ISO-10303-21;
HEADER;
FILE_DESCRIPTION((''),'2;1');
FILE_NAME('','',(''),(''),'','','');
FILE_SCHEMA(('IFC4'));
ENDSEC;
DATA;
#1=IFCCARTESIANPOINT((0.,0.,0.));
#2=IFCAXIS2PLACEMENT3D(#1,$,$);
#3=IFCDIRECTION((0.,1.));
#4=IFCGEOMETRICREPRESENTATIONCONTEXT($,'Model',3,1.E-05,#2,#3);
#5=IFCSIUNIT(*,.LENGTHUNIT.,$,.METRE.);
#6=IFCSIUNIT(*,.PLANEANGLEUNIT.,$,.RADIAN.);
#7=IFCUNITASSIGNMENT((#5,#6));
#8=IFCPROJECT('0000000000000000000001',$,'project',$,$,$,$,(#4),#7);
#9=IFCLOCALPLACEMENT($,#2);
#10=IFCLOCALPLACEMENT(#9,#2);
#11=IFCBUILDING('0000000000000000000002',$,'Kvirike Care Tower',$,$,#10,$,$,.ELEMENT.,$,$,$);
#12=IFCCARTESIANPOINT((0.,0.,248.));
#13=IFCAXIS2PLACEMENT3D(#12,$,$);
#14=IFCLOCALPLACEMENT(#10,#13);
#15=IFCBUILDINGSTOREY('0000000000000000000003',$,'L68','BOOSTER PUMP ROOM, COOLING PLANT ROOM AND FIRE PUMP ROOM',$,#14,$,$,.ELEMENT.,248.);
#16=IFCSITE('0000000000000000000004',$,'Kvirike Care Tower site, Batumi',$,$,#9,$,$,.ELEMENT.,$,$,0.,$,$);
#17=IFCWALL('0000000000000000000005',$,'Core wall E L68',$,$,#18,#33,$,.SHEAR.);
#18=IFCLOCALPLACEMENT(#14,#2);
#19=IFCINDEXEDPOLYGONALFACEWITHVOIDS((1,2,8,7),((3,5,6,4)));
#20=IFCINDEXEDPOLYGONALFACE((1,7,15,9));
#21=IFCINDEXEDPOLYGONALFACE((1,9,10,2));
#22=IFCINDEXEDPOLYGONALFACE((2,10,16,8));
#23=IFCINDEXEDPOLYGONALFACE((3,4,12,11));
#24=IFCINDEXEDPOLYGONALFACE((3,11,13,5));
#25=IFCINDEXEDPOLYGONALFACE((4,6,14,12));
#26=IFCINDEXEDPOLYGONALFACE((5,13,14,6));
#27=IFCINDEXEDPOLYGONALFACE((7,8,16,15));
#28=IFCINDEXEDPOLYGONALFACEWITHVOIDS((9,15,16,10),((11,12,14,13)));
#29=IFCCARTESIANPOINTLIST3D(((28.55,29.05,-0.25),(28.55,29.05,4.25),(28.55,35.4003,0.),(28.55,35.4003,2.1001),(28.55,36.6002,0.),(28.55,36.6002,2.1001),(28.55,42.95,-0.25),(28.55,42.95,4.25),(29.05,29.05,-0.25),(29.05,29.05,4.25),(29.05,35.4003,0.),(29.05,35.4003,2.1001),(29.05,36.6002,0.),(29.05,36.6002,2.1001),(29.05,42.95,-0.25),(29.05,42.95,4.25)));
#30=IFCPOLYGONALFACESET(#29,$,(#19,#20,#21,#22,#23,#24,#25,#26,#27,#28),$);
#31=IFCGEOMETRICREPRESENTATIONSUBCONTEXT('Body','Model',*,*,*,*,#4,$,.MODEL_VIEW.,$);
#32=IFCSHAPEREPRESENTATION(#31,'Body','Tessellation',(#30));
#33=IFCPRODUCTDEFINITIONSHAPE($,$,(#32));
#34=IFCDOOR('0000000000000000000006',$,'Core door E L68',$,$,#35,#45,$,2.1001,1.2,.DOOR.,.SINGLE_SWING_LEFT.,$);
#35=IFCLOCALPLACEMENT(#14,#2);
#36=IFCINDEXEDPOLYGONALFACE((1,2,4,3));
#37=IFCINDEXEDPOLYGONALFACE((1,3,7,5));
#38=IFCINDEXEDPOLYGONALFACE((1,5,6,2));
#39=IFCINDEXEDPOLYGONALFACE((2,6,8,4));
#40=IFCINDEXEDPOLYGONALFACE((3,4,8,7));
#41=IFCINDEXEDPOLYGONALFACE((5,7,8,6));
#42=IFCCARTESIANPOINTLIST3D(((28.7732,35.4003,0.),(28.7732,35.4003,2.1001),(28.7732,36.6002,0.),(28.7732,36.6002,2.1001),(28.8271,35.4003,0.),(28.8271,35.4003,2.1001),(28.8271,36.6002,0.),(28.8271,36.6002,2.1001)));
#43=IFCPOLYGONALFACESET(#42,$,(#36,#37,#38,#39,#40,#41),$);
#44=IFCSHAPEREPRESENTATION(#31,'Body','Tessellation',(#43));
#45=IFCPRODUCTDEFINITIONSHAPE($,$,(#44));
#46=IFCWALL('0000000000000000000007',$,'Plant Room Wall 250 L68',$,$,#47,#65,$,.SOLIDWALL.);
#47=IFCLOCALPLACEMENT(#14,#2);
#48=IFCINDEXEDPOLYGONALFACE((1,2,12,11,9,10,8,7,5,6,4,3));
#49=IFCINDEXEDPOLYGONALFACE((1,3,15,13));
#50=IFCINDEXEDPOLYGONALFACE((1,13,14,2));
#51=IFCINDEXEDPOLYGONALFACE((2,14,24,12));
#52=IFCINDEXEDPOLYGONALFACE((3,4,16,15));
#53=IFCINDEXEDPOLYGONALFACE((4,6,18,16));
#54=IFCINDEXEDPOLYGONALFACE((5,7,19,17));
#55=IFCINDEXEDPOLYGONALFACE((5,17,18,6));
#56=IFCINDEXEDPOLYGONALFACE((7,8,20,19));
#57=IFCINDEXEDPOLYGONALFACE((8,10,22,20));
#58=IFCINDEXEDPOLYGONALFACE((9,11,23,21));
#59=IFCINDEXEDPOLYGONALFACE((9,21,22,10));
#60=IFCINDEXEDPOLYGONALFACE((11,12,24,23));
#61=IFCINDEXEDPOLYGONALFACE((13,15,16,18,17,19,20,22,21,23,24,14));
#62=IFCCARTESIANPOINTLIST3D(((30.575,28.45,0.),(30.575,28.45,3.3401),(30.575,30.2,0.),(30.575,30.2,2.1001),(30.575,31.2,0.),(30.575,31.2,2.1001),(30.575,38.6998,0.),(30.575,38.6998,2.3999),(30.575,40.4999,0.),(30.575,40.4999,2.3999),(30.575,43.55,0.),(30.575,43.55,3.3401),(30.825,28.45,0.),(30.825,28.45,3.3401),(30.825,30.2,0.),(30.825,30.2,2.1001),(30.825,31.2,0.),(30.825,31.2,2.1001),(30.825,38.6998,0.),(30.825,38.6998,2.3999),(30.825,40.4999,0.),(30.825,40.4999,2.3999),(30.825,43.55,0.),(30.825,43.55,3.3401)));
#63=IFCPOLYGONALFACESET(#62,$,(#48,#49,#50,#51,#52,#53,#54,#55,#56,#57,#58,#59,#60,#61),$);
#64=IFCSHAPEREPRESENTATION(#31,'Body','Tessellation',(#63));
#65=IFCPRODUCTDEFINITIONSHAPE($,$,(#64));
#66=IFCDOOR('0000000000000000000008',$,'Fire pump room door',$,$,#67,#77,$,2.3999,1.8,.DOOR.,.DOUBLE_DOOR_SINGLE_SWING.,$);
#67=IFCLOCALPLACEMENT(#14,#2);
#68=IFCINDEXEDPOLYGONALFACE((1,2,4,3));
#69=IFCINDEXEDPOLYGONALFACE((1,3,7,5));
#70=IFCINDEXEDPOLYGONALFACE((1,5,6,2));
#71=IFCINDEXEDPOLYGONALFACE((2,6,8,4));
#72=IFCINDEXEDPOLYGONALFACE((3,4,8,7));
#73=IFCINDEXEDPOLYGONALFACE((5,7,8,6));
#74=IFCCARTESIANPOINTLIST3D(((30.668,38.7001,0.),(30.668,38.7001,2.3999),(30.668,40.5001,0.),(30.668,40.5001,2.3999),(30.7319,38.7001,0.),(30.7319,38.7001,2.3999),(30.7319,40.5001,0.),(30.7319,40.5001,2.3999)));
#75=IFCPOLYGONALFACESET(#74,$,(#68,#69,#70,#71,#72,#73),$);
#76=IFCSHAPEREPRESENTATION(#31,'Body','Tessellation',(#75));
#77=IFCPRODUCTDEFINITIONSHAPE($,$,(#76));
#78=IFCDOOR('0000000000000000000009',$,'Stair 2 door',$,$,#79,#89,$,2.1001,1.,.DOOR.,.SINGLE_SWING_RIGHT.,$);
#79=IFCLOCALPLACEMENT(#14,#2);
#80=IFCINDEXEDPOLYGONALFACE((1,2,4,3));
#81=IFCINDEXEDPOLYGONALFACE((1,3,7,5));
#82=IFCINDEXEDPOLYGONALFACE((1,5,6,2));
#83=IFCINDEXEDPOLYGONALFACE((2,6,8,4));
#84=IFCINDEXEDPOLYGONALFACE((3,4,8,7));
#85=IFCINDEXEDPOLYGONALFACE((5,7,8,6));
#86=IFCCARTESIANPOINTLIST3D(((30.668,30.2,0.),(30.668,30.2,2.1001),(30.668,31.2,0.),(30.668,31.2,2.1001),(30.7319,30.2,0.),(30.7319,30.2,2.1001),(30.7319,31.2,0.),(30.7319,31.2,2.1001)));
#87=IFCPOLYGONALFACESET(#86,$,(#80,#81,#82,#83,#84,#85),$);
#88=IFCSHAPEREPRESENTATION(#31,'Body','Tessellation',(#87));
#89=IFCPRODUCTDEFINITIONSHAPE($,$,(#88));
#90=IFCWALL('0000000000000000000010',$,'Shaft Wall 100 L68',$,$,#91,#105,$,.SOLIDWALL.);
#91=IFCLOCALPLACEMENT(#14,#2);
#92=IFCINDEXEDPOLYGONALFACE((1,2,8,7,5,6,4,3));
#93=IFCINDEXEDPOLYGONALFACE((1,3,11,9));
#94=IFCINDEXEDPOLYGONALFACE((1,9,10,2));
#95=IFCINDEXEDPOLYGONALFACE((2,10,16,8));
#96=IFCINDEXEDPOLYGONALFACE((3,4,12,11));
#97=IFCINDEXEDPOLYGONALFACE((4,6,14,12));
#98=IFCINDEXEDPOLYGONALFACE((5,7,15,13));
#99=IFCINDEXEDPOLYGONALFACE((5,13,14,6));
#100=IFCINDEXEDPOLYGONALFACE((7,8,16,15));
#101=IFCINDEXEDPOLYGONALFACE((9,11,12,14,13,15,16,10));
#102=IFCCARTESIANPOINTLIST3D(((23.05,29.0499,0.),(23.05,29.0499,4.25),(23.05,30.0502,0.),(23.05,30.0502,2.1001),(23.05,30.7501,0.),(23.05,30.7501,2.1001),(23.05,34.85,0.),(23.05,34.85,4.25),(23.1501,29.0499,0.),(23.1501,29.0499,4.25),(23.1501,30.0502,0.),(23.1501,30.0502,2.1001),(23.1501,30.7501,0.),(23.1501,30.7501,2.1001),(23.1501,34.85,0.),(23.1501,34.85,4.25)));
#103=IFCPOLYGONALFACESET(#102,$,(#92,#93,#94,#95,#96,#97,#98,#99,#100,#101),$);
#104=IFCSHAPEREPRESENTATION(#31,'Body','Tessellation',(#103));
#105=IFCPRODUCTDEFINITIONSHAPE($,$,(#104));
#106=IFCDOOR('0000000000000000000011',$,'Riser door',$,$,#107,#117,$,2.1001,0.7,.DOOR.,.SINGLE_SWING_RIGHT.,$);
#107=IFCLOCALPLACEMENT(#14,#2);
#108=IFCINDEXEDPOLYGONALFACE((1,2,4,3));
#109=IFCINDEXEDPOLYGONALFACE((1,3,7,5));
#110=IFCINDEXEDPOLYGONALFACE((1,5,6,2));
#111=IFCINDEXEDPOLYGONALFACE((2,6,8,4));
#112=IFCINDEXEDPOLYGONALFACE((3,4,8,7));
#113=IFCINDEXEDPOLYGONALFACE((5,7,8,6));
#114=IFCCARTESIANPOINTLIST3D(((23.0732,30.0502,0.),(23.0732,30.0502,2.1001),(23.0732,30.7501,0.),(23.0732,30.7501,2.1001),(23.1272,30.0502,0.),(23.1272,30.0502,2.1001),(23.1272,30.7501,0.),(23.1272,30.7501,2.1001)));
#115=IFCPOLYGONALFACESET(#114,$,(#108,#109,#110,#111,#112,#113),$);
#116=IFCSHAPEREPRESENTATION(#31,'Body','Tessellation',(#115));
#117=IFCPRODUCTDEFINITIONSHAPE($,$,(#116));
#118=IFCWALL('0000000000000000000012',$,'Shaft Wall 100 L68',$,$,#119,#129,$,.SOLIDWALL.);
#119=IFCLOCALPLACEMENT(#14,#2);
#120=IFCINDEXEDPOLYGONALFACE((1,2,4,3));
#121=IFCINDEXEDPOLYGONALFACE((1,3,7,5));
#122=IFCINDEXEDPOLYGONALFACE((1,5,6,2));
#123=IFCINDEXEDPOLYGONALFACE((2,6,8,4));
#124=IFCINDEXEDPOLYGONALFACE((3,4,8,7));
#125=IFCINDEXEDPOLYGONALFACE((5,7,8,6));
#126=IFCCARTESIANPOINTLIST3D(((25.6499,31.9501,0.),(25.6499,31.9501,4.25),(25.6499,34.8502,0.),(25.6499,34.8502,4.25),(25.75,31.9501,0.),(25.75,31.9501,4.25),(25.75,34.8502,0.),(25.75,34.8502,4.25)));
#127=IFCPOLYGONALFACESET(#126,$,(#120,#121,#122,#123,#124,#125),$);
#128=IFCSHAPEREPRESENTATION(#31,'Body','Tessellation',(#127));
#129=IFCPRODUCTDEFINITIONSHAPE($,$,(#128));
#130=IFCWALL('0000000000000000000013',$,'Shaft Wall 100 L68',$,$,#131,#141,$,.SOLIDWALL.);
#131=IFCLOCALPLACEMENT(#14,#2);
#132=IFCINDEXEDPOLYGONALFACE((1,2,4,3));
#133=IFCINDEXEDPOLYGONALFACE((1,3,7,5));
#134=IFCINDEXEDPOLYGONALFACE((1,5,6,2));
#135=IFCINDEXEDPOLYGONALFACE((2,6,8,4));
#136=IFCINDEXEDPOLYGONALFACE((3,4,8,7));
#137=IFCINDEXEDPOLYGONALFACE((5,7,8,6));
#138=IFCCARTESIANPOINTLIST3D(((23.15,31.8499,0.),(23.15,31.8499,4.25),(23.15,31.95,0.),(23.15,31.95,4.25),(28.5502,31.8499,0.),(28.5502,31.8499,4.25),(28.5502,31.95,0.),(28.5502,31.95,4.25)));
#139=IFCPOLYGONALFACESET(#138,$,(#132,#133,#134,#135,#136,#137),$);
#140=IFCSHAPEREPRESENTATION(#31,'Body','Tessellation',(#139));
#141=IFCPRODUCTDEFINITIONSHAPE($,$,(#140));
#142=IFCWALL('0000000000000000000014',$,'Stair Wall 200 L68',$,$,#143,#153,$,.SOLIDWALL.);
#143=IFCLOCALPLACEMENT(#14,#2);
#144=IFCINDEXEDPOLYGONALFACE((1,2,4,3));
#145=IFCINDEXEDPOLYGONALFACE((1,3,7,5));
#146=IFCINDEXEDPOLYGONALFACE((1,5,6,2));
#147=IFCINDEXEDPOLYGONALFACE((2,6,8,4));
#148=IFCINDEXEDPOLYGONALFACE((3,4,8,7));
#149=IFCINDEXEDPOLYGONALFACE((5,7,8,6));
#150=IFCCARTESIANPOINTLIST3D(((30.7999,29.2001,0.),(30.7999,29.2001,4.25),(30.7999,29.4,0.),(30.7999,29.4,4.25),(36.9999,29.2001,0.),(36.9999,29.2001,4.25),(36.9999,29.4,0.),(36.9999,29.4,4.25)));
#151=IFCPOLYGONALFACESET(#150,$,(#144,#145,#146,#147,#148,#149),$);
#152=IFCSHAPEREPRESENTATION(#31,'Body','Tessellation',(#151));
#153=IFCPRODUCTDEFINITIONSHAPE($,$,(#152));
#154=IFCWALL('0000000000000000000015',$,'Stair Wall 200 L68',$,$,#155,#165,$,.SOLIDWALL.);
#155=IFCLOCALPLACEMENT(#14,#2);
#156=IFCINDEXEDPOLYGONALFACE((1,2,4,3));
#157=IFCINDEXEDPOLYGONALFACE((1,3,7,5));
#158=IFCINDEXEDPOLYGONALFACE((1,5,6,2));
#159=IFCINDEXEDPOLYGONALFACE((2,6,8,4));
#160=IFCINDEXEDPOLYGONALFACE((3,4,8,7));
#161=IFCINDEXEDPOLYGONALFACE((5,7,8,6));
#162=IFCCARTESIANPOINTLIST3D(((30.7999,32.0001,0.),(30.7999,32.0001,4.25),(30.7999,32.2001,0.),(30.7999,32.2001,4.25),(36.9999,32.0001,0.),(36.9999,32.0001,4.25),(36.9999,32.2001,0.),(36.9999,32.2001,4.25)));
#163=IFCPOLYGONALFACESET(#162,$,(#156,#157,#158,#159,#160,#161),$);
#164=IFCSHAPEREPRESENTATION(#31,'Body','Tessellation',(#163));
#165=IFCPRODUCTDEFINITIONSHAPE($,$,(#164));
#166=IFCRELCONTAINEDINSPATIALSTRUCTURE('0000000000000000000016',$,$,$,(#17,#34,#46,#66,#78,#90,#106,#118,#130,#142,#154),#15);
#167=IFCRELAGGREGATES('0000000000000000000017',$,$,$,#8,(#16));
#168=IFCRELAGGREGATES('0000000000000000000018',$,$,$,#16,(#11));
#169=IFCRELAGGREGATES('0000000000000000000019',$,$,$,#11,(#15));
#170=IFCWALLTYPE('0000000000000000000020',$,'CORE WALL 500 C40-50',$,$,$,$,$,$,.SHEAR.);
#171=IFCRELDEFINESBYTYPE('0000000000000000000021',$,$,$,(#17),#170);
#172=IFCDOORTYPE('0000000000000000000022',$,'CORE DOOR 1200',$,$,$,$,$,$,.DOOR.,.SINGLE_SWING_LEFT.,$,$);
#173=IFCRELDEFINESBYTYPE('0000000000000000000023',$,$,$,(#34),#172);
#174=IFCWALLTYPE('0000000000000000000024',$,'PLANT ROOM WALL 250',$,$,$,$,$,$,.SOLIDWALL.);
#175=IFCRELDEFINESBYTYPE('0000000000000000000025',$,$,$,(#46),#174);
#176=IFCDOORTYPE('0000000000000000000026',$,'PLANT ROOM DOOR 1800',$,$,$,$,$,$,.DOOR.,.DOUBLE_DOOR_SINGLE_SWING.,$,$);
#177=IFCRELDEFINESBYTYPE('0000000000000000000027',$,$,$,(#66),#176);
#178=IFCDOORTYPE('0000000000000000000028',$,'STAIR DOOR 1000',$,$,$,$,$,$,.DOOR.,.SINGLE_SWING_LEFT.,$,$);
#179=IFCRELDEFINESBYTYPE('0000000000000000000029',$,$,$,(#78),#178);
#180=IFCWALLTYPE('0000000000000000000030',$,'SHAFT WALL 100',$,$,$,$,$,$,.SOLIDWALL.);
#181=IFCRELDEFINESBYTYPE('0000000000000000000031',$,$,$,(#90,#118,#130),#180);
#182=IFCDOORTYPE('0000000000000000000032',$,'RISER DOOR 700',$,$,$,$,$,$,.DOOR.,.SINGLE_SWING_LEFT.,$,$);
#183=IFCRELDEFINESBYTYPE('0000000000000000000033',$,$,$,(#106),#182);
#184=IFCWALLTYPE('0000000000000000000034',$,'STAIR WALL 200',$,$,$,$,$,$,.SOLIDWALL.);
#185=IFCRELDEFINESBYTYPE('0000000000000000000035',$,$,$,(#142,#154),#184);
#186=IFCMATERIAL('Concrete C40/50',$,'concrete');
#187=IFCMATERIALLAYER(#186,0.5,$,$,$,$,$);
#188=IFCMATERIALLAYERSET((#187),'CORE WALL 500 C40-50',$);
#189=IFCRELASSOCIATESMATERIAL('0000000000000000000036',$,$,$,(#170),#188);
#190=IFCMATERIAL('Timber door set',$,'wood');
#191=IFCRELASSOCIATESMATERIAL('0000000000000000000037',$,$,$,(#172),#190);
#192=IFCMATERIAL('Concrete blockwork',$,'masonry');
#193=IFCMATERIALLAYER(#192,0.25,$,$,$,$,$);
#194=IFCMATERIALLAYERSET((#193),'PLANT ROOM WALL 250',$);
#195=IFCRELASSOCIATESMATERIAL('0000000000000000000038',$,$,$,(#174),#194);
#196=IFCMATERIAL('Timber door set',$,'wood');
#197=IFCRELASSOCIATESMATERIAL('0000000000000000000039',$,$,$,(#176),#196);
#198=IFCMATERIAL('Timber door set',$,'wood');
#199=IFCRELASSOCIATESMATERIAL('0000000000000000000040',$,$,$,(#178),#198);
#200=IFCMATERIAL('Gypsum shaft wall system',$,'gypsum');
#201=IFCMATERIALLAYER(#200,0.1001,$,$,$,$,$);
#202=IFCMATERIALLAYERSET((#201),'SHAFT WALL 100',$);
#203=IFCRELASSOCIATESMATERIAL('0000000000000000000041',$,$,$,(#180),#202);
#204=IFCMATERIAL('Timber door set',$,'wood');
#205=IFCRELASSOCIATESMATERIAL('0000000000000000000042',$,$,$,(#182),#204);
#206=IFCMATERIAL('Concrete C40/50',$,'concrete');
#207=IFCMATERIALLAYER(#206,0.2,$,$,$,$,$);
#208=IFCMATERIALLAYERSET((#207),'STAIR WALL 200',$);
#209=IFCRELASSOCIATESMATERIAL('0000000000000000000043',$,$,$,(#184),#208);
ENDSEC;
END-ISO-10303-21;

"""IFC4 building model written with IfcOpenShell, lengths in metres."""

from ifc_helpers import new_model, si_unit, direction, frame, frame_2d, origin, place, context, subcontext, project, spatial, rectangle, extrude, material, layer, layer_set, type_object, element, fill, save


model = new_model("IFC4")

# Units and contexts
model_context = context("Model", 3, precision=1e-05, world=origin(), true_north=direction((0.0, 1.0)))
body_context = subcontext(model_context, "Body", "Model", "MODEL_VIEW")
ifc_project = project(units=[si_unit("LENGTHUNIT", "METRE"), si_unit("PLANEANGLEUNIT", "RADIAN")], contexts=[model_context])

# Site, building, storey
site_placement = place(None, origin())
site = spatial("IfcSite", under=ifc_project, at=site_placement, Name="Kvirike Care Tower site, Batumi", CompositionType="ELEMENT", RefElevation=0.0)
building_placement = place(site_placement, origin())
building = spatial("IfcBuilding", under=site, at=building_placement, Name="Kvirike Care Tower", CompositionType="ELEMENT")
storey_placement = place(building_placement, frame((0.0, 0.0, 248.0)))
storey = spatial("IfcBuildingStorey", under=building, at=storey_placement, Name="L68", Description="BOOSTER PUMP ROOM, COOLING PLANT ROOM AND FIRE PUMP ROOM", CompositionType="ELEMENT", Elevation=248.0)

# Wall, opening, door
ifc_material_1 = material(Name="Concrete C40/50", Category="concrete")
ifc_layer_1 = layer(ifc_material_1, 0.5)
ifc_layer_set_1 = layer_set([ifc_layer_1], Name="CORE WALL 500 C40-50")
wall_type_1 = type_object("IfcWallType", Name="CORE WALL 500 C40-50", PredefinedType="SHEAR", material=ifc_layer_set_1)
wall_1_placement = place(storey_placement, frame((28.8, 29.05, -0.25), z_axis=(0.0, 0.0, 1.0), x_axis=(0.0, 1.0, 0.0)))
wall_1 = element("IfcWall", 1, at=wall_1_placement, inside=storey, type_object=wall_type_1, Name="Core wall E L68", PredefinedType="SHEAR", context=body_context, shape_type="SweptSolid", body=[
    extrude(rectangle(XDim=13.8999, YDim=0.5, at=frame_2d((6.95, 0.0))), origin(), (0.0, 0.0, 1.0), 4.5),
])
opening_1_placement = place(wall_1_placement, frame((6.3501, 0.0, 0.25)))
opening_1 = element("IfcOpeningElement", 2, at=opening_1_placement, cuts=wall_1, PredefinedType="OPENING", context=body_context, shape_type="SweptSolid", body=[
    extrude(rectangle(XDim=1.2, YDim=2.1001, at=frame_2d((0.6001, 1.05))), frame((0.0, 0.2605, 0.0), z_axis=(0.0, -1.0, 0.0), x_axis=(1.0, 0.0, 0.0)), (0.0, 0.0, 1.0), 0.521),
])
ifc_material_2 = material(Name="Timber door set", Category="wood")
door_type_1 = type_object("IfcDoorType", Name="CORE DOOR 1200", OperationType="SINGLE_SWING_LEFT", PredefinedType="DOOR", material=ifc_material_2)
door_1_placement = place(opening_1_placement, origin())
door_1 = element("IfcDoor", 3, at=door_1_placement, inside=storey, type_object=door_type_1, Name="Core door E L68", OperationType="SINGLE_SWING_LEFT", OverallHeight=2.1001, OverallWidth=1.2, PredefinedType="DOOR", context=body_context, shape_type="SweptSolid", body=[
    extrude(rectangle(XDim=1.2, YDim=2.1001, at=frame_2d((0.6001, 1.05))), frame((0.0, 0.0269, 0.0), z_axis=(0.0, -1.0, 0.0), x_axis=(1.0, 0.0, 0.0)), (0.0, 0.0, 1.0), 0.054),
])
fill(opening_1, door_1)

# Wall, openings, doors
ifc_material_3 = material(Name="Concrete blockwork", Category="masonry")
ifc_layer_2 = layer(ifc_material_3, 0.25)
ifc_layer_set_2 = layer_set([ifc_layer_2], Name="PLANT ROOM WALL 250")
wall_type_2 = type_object("IfcWallType", Name="PLANT ROOM WALL 250", PredefinedType="SOLIDWALL", material=ifc_layer_set_2)
wall_2_placement = place(storey_placement, frame((30.7, 28.45, 0.0), z_axis=(0.0, 0.0, 1.0), x_axis=(0.0, 1.0, 0.0)))
wall_2 = element("IfcWall", 4, at=wall_2_placement, inside=storey, type_object=wall_type_2, Name="Plant Room Wall 250 L68", PredefinedType="SOLIDWALL", context=body_context, shape_type="SweptSolid", body=[
    extrude(rectangle(XDim=15.1001, YDim=0.25, at=frame_2d((7.55, 0.0))), origin(), (0.0, 0.0, 1.0), 3.3401),
])
opening_2_placement = place(wall_2_placement, frame((1.75, 0.0, 0.0)))
opening_2 = element("IfcOpeningElement", 5, at=opening_2_placement, cuts=wall_2, PredefinedType="OPENING", context=body_context, shape_type="SweptSolid", body=[
    extrude(rectangle(XDim=1.0, YDim=2.1001, at=frame_2d((0.5, 1.05))), frame((0.0, 0.1355, 0.0), z_axis=(0.0, -1.0, 0.0), x_axis=(1.0, 0.0, 0.0)), (0.0, 0.0, 1.0), 0.271),
])
opening_3_placement = place(wall_2_placement, frame((10.25, 0.0, 0.0)))
opening_3 = element("IfcOpeningElement", 6, at=opening_3_placement, cuts=wall_2, PredefinedType="OPENING", context=body_context, shape_type="SweptSolid", body=[
    extrude(rectangle(XDim=1.8, YDim=2.3999, at=frame_2d((0.8999, 1.2))), frame((0.0, 0.1355, 0.0), z_axis=(0.0, -1.0, 0.0), x_axis=(1.0, 0.0, 0.0)), (0.0, 0.0, 1.0), 0.271),
])
ifc_material_4 = material(Name="Timber door set", Category="wood")
door_type_2 = type_object("IfcDoorType", Name="PLANT ROOM DOOR 1800", OperationType="DOUBLE_DOOR_SINGLE_SWING", PredefinedType="DOOR", material=ifc_material_4)
door_2_placement = place(opening_3_placement, frame((1.8, 0.0, 0.0), z_axis=(0.0, 0.0, 1.0), x_axis=(-1.0, 0.0, 0.0)))
door_2 = element("IfcDoor", 7, at=door_2_placement, inside=storey, type_object=door_type_2, Name="Fire pump room door", OperationType="DOUBLE_DOOR_SINGLE_SWING", OverallHeight=2.3999, OverallWidth=1.8, PredefinedType="DOOR", context=body_context, shape_type="SweptSolid", body=[
    extrude(rectangle(XDim=1.8, YDim=2.3999, at=frame_2d((0.8999, 1.2))), frame((0.0, 0.032, 0.0), z_axis=(0.0, -1.0, 0.0), x_axis=(1.0, 0.0, 0.0)), (0.0, 0.0, 1.0), 0.064),
])
fill(opening_3, door_2)
ifc_material_5 = material(Name="Timber door set", Category="wood")
door_type_3 = type_object("IfcDoorType", Name="STAIR DOOR 1000", OperationType="SINGLE_SWING_LEFT", PredefinedType="DOOR", material=ifc_material_5)
door_3_placement = place(opening_2_placement, frame((1.0, 0.0, 0.0), z_axis=(0.0, 0.0, 1.0), x_axis=(-1.0, 0.0, 0.0)))
door_3 = element("IfcDoor", 8, at=door_3_placement, inside=storey, type_object=door_type_3, Name="Stair 2 door", OperationType="SINGLE_SWING_RIGHT", OverallHeight=2.1001, OverallWidth=1.0, PredefinedType="DOOR", context=body_context, shape_type="SweptSolid", body=[
    extrude(rectangle(XDim=1.0, YDim=2.1001, at=frame_2d((0.5, 1.05))), frame((0.0, 0.032, 0.0), z_axis=(0.0, -1.0, 0.0), x_axis=(1.0, 0.0, 0.0)), (0.0, 0.0, 1.0), 0.064),
])
fill(opening_2, door_3)

# Wall, opening, door
ifc_material_6 = material(Name="Gypsum shaft wall system", Category="gypsum")
ifc_layer_3 = layer(ifc_material_6, 0.1001)
ifc_layer_set_3 = layer_set([ifc_layer_3], Name="SHAFT WALL 100")
wall_type_3 = type_object("IfcWallType", Name="SHAFT WALL 100", PredefinedType="SOLIDWALL", material=ifc_layer_set_3)
wall_3_placement = place(storey_placement, frame((23.1001, 29.05, 0.0), z_axis=(0.0, 0.0, 1.0), x_axis=(0.0, 1.0, 0.0)))
wall_3 = element("IfcWall", 9, at=wall_3_placement, inside=storey, type_object=wall_type_3, Name="Shaft Wall 100 L68", PredefinedType="SOLIDWALL", context=body_context, shape_type="SweptSolid", body=[
    extrude(rectangle(XDim=5.8, YDim=0.1001, at=frame_2d((2.8999, 0.0))), origin(), (0.0, 0.0, 1.0), 4.25),
])
opening_4_placement = place(wall_3_placement, frame((1.0, 0.0, 0.0)))
opening_4 = element("IfcOpeningElement", 10, at=opening_4_placement, cuts=wall_3, PredefinedType="OPENING", context=body_context, shape_type="SweptSolid", body=[
    extrude(rectangle(XDim=0.7, YDim=2.1001, at=frame_2d((0.3501, 1.05))), frame((0.0, 0.0605, 0.0), z_axis=(0.0, -1.0, 0.0), x_axis=(1.0, 0.0, 0.0)), (0.0, 0.0, 1.0), 0.1211),
])
ifc_material_7 = material(Name="Timber door set", Category="wood")
door_type_4 = type_object("IfcDoorType", Name="RISER DOOR 700", OperationType="SINGLE_SWING_LEFT", PredefinedType="DOOR", material=ifc_material_7)
door_4_placement = place(opening_4_placement, origin())
door_4 = element("IfcDoor", 11, at=door_4_placement, inside=storey, type_object=door_type_4, Name="Riser door", OperationType="SINGLE_SWING_RIGHT", OverallHeight=2.1001, OverallWidth=0.7, PredefinedType="DOOR", context=body_context, shape_type="SweptSolid", body=[
    extrude(rectangle(XDim=0.7, YDim=2.1001, at=frame_2d((0.3501, 1.05))), frame((0.0, 0.0269, 0.0), z_axis=(0.0, -1.0, 0.0), x_axis=(1.0, 0.0, 0.0)), (0.0, 0.0, 1.0), 0.054),
])
fill(opening_4, door_4)

# Walls
wall_4_placement = place(storey_placement, frame((25.7, 31.95, 0.0), z_axis=(0.0, 0.0, 1.0), x_axis=(0.0, 1.0, 0.0)))
element("IfcWall", 12, at=wall_4_placement, inside=storey, type_object=wall_type_3, Name="Shaft Wall 100 L68", PredefinedType="SOLIDWALL", context=body_context, shape_type="SweptSolid", body=[
    extrude(rectangle(XDim=2.9001, YDim=0.1001, at=frame_2d((1.4502, 0.0))), origin(), (0.0, 0.0, 1.0), 4.25),
])
wall_5_placement = place(storey_placement, frame((23.1499, 31.8999, 0.0), z_axis=(0.0, 0.0, 1.0), x_axis=(1.0, 0.0, 0.0)))
element("IfcWall", 13, at=wall_5_placement, inside=storey, type_object=wall_type_3, Name="Shaft Wall 100 L68", PredefinedType="SOLIDWALL", context=body_context, shape_type="SweptSolid", body=[
    extrude(rectangle(XDim=5.4001, YDim=0.1001, at=frame_2d((2.7002, 0.0))), origin(), (0.0, 0.0, 1.0), 4.25),
])
ifc_material_8 = material(Name="Concrete C40/50", Category="concrete")
ifc_layer_4 = layer(ifc_material_8, 0.2)
ifc_layer_set_4 = layer_set([ifc_layer_4], Name="STAIR WALL 200")
wall_type_4 = type_object("IfcWallType", Name="STAIR WALL 200", PredefinedType="SOLIDWALL", material=ifc_layer_set_4)
for number, where, z_axis, x_axis, name in (
    (14, (37.0, 29.3, 0.0), (0.0, 0.0, 1.0), (-1.0, 0.0, 0.0), "Stair Wall 200 L68"),
    (15, (37.0, 32.1001, 0.0), (0.0, 0.0, 1.0), (-1.0, 0.0, 0.0), "Stair Wall 200 L68"),
):
    element("IfcWall", number, at=place(storey_placement, frame(where, z_axis=z_axis, x_axis=x_axis)), inside=storey, type_object=wall_type_4, Name=name, PredefinedType="SOLIDWALL", context=body_context, shape_type="SweptSolid", body=[
        extrude(rectangle(XDim=6.2, YDim=0.2, at=frame_2d((3.1001, 0.0))), origin(), (0.0, 0.0, 1.0), 4.25),
    ])

save(model, "model.ifc")
